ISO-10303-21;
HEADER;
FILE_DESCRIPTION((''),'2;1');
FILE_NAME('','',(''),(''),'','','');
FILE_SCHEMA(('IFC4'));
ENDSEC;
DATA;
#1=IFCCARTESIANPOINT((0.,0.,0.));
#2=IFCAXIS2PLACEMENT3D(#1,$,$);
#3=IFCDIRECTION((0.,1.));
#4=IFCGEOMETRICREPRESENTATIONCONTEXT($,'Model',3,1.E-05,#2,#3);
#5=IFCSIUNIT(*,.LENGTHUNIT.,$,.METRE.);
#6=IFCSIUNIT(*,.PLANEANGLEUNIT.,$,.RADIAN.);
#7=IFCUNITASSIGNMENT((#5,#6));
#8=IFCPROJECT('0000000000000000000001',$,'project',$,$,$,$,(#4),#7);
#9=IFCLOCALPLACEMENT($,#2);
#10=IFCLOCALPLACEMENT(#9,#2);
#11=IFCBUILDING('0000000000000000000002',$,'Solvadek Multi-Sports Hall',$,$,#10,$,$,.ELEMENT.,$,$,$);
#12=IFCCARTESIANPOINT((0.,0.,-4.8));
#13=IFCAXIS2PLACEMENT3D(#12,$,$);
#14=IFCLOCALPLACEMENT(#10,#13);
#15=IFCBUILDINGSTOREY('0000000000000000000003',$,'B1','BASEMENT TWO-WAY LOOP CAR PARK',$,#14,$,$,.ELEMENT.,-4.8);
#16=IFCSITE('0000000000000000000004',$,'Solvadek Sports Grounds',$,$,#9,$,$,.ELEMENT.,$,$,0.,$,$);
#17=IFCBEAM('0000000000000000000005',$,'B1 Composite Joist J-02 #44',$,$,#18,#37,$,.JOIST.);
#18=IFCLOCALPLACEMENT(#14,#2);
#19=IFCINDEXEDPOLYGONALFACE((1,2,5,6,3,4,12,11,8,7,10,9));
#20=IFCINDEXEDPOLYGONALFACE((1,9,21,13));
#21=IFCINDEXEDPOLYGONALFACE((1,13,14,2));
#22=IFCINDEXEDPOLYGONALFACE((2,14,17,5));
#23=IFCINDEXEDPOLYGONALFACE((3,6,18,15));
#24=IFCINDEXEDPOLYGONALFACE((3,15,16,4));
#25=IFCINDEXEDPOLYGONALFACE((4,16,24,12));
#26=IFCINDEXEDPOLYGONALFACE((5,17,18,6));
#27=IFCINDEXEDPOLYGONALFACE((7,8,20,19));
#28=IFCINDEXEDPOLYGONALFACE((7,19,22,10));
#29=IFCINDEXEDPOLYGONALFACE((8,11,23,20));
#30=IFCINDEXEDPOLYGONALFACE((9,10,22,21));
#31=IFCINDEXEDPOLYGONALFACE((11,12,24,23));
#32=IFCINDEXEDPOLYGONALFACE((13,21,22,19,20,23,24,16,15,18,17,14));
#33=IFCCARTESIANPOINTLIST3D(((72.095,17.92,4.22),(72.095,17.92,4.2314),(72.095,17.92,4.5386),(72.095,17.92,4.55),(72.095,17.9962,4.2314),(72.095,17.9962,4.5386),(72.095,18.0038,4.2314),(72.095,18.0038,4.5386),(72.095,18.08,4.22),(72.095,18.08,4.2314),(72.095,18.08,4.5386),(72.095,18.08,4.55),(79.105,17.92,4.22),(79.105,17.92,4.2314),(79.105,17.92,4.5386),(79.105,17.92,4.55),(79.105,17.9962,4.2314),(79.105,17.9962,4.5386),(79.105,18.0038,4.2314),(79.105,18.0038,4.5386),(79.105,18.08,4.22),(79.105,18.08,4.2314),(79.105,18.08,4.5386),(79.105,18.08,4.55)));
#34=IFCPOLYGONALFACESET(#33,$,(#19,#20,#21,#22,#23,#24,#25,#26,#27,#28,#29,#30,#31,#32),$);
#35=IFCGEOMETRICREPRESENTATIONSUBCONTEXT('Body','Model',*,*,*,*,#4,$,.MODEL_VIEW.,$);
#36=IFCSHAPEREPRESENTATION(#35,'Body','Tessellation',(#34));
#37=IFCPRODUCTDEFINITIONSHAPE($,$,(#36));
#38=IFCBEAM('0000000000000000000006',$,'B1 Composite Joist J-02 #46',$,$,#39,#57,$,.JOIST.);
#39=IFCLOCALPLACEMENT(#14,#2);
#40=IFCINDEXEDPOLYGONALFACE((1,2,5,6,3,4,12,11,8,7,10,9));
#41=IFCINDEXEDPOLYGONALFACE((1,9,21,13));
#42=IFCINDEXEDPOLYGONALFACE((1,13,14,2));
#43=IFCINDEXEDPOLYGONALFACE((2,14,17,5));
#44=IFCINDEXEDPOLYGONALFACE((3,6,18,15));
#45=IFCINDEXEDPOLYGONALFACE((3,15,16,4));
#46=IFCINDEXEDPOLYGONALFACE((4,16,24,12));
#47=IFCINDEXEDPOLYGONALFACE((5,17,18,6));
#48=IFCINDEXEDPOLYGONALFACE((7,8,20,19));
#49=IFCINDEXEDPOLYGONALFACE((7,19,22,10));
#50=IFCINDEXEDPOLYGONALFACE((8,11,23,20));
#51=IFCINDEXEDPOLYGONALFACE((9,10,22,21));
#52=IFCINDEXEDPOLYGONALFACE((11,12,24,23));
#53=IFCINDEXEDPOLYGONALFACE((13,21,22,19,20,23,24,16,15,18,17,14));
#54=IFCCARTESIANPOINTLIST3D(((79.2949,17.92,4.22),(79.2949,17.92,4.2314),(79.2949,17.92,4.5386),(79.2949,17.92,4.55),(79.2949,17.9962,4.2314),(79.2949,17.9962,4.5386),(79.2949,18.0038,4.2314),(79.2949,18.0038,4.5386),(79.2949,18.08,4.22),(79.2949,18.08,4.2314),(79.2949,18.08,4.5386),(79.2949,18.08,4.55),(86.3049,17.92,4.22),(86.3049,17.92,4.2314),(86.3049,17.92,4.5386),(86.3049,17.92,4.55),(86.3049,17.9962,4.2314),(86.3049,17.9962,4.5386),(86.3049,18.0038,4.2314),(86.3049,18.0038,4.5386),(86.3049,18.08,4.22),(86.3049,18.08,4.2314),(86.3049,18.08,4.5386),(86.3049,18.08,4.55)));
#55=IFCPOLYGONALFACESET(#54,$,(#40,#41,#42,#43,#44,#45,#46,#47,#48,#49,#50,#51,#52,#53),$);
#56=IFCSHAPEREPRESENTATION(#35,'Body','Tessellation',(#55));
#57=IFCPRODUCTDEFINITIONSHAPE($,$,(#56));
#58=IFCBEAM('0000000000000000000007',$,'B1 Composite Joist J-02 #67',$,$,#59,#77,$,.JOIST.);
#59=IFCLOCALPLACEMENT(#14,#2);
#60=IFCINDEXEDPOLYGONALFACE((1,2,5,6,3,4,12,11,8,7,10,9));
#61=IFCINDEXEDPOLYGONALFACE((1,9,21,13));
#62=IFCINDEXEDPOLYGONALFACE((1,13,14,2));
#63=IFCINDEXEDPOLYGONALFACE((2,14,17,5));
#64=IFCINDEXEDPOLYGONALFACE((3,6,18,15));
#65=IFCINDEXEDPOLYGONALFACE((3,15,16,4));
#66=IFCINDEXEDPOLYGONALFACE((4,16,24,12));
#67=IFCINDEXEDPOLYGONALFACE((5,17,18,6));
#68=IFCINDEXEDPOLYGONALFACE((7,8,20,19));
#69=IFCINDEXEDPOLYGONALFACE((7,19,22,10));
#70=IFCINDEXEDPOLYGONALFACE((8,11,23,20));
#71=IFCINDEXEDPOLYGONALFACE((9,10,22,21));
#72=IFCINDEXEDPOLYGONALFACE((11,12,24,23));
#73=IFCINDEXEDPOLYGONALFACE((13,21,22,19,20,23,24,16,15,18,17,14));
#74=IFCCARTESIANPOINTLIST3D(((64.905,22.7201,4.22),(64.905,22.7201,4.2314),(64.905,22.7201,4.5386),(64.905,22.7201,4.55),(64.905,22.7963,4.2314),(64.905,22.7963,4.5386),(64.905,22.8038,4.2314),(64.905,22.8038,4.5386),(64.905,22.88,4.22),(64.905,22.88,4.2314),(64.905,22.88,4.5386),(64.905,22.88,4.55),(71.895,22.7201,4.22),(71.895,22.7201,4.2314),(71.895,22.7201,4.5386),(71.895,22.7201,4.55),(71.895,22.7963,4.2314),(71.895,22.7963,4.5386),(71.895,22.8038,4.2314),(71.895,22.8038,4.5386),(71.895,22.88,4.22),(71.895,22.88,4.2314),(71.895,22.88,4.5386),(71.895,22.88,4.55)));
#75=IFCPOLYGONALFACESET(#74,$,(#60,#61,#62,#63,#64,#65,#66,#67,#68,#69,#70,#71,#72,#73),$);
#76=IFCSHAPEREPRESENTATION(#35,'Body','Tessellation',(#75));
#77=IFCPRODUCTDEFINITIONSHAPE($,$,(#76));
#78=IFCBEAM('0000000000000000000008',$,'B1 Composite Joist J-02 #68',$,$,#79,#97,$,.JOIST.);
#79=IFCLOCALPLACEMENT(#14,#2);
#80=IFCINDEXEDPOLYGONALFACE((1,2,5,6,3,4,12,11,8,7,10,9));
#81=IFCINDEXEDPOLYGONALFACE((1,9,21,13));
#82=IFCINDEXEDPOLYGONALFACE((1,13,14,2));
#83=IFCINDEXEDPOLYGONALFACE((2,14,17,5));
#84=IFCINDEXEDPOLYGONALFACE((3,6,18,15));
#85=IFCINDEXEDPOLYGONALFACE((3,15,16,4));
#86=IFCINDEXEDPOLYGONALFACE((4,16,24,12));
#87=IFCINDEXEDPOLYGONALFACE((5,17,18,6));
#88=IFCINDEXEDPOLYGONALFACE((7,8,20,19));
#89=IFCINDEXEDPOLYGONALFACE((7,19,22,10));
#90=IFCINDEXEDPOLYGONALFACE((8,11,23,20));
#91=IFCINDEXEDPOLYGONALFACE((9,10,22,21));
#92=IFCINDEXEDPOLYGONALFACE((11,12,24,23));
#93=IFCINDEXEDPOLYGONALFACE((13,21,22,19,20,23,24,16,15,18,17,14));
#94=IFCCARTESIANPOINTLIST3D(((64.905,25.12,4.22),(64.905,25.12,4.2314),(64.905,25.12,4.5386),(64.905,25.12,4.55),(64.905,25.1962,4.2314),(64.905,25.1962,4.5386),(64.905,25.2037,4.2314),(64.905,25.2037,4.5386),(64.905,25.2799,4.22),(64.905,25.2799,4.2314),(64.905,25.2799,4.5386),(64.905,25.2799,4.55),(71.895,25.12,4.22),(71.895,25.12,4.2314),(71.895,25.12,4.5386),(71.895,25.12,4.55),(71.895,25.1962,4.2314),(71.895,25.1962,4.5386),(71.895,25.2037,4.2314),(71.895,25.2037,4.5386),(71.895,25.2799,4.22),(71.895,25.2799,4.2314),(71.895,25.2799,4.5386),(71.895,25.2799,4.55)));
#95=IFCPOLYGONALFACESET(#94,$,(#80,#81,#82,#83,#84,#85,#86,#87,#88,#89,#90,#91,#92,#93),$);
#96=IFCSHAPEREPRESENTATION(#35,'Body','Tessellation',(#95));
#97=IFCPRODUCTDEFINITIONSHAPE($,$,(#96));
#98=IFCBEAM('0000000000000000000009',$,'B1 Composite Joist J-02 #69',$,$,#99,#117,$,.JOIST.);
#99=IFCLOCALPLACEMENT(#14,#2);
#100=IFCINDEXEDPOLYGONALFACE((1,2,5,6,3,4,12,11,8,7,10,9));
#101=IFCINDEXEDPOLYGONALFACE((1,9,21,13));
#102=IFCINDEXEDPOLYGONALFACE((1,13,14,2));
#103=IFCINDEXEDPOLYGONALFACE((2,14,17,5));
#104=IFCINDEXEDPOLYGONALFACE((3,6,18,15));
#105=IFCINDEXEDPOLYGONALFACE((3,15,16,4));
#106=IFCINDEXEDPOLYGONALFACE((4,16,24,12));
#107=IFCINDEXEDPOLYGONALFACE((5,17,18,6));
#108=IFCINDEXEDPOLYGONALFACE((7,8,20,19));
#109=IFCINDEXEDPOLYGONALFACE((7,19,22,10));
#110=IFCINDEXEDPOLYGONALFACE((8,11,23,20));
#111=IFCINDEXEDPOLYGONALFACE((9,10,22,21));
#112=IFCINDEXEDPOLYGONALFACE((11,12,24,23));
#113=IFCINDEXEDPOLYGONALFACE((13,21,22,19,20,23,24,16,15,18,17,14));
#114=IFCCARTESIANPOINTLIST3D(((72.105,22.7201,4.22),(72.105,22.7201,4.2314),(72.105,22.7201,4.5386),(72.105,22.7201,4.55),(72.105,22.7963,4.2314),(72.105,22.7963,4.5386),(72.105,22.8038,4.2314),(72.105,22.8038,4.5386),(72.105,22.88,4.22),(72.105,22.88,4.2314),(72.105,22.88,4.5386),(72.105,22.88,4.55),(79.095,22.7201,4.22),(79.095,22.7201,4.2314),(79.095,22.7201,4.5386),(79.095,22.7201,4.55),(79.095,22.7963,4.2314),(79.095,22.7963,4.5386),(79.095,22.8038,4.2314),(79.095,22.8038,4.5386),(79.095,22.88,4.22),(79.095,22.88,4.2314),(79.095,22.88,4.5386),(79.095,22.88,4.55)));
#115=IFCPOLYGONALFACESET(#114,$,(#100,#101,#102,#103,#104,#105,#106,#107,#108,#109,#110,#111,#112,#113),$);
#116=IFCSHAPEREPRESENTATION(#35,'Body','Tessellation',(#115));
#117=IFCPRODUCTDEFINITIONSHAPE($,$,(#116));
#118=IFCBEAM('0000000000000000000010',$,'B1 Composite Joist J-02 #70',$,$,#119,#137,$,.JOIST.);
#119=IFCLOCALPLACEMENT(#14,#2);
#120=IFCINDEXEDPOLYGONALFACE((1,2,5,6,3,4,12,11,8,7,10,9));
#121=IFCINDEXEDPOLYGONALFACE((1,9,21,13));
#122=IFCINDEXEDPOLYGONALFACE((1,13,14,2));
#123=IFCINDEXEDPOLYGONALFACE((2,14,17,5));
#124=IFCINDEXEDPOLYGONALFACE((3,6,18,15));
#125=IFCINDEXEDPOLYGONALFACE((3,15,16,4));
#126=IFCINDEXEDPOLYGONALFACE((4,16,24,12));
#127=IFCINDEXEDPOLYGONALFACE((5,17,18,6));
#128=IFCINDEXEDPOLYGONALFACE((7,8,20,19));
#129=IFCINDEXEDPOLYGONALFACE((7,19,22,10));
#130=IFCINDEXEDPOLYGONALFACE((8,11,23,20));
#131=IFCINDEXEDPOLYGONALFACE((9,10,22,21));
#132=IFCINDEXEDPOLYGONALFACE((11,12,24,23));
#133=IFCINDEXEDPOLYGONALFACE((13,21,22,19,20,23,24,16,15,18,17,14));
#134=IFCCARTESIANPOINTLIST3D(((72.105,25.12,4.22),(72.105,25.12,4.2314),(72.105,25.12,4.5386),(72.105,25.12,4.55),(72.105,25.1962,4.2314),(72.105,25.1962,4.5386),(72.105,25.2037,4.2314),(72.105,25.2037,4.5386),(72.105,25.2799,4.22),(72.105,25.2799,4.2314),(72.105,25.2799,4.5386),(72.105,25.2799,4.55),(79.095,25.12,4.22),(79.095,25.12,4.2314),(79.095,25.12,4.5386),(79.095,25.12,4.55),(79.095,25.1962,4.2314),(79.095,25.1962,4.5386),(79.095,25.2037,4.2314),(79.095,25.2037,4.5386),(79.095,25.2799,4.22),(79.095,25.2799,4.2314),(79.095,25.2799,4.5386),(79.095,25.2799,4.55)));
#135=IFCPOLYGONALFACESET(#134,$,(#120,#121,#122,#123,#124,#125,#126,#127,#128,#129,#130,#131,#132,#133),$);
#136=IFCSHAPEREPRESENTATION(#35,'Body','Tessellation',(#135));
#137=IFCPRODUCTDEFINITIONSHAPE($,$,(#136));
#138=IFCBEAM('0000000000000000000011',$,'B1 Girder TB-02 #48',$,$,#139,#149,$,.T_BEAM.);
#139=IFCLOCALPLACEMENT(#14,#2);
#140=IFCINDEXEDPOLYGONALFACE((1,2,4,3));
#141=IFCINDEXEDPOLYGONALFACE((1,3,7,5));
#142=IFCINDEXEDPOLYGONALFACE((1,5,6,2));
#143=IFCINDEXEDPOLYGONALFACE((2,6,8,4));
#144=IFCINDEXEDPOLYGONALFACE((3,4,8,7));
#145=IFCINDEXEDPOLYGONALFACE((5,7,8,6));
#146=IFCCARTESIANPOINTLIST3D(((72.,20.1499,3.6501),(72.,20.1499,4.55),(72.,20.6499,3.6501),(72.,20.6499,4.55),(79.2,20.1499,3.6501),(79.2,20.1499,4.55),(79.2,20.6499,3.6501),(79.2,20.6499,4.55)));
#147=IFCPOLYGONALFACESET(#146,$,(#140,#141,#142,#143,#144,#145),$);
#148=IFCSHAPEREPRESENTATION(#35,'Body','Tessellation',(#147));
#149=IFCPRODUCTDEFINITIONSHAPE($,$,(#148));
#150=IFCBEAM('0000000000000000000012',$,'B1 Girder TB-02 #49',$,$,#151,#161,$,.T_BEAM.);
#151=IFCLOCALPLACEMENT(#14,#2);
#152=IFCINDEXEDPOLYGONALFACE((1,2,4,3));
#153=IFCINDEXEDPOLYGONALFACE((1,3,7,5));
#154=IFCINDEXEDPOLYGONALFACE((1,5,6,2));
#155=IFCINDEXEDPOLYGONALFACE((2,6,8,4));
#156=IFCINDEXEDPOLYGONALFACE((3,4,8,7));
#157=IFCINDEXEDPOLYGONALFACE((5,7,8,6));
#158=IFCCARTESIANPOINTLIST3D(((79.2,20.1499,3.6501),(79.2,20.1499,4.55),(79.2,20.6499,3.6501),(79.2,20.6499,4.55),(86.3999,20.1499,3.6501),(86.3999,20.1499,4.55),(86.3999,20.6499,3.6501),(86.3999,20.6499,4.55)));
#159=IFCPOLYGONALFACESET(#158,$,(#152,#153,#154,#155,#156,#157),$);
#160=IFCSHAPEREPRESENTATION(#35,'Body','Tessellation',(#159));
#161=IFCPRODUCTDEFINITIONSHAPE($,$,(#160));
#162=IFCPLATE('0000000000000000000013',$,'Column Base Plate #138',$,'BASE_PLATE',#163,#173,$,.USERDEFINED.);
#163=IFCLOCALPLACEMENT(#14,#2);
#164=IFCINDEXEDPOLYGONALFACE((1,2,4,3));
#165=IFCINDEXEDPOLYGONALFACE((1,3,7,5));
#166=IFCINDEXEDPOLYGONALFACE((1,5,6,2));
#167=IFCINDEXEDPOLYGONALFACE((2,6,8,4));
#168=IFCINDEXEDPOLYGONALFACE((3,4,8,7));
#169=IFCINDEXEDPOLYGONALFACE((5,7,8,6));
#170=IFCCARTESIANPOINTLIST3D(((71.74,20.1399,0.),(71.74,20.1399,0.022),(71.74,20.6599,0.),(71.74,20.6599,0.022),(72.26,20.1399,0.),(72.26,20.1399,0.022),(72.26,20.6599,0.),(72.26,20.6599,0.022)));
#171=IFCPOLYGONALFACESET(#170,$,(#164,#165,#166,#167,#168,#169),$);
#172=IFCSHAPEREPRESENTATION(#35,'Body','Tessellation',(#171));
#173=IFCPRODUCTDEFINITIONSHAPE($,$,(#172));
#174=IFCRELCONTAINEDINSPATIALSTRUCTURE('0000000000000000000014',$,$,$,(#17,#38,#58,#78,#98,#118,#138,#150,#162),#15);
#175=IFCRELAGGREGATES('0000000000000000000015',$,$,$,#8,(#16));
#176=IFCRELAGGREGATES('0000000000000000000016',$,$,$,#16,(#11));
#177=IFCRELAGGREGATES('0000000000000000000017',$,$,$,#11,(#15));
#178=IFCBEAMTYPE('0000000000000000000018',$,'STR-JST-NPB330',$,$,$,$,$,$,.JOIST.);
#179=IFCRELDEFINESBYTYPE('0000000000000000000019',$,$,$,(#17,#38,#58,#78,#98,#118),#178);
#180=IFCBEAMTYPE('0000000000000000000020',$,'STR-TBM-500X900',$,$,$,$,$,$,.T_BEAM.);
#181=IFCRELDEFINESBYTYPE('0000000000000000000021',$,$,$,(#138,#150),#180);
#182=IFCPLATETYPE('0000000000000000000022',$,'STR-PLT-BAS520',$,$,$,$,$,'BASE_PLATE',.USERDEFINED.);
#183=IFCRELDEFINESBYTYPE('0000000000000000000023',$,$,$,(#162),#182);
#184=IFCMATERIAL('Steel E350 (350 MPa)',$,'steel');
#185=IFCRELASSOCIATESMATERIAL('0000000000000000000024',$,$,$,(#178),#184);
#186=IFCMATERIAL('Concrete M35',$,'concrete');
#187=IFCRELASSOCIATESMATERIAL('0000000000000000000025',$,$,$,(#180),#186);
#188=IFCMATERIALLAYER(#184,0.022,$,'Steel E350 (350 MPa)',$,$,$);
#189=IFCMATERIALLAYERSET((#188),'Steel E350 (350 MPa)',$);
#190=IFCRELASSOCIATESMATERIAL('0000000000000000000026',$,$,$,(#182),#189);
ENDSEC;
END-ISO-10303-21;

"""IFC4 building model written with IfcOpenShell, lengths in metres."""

from ifc_helpers import new_model, si_unit, direction, frame, origin, origin_2d, place, context, subcontext, project, spatial, rectangle, i_section, extrude, material, layer, layer_set, material_profile, profile_set, type_object, element, save


model = new_model("IFC4")

# Units and contexts
model_context = context("Model", 3, precision=1e-05, world=origin(), true_north=direction((0.0, 1.0)))
body_context = subcontext(model_context, "Body", "Model", "MODEL_VIEW")
ifc_project = project(units=[si_unit("LENGTHUNIT", "METRE"), si_unit("PLANEANGLEUNIT", "RADIAN")], contexts=[model_context])

# Site, building, storey
site_placement = place(None, origin())
site = spatial("IfcSite", under=ifc_project, at=site_placement, Name="Solvadek Sports Grounds", CompositionType="ELEMENT", RefElevation=0.0)
building_placement = place(site_placement, origin())
building = spatial("IfcBuilding", under=site, at=building_placement, Name="Solvadek Multi-Sports Hall", CompositionType="ELEMENT")
storey_placement = place(building_placement, frame((0.0, 0.0, -4.8)))
storey = spatial("IfcBuildingStorey", under=building, at=storey_placement, Name="B1", Description="BASEMENT TWO-WAY LOOP CAR PARK", CompositionType="ELEMENT", Elevation=-4.8)

# Shared definitions
ifc_material_1 = material(Name="Concrete M35", Category="concrete")

# Shared definitions
ifc_material_2 = material(Name="Steel E350 (350 MPa)", Category="steel")

# Beams
ifc_material_profile_1 = material_profile(ifc_material_2, i_section(OverallWidth=0.1599, OverallDepth=0.3301, WebThickness=0.0076, FlangeThickness=0.0115, at=origin_2d()), Name="NPB 330")
ifc_profile_set_1 = profile_set([ifc_material_profile_1], Name="Steel E350 (350 MPa)")
beam_type_1 = type_object("IfcBeamType", Name="STR-JST-NPB330", PredefinedType="JOIST", material=ifc_profile_set_1)
for number, where, z_axis, x_axis, name in (
    (1, (72.095, 18.0, 4.385), (1.0, 0.0, 0.0), (0.0, 1.0, 0.0), "B1 Composite Joist J-02 #44"),
    (2, (79.2949, 18.0, 4.385), (1.0, 0.0, 0.0), (0.0, 1.0, 0.0), "B1 Composite Joist J-02 #46"),
):
    element("IfcBeam", number, at=place(storey_placement, frame(where, z_axis=z_axis, x_axis=x_axis)), inside=storey, type_object=beam_type_1, Name=name, PredefinedType="JOIST", context=body_context, shape_type="SweptSolid", body=[
        extrude(i_section(OverallWidth=0.1599, OverallDepth=0.3301, WebThickness=0.0076, FlangeThickness=0.0115, at=origin_2d()), origin(), (0.0, 0.0, 1.0), 7.01),
    ])
for number, where, z_axis, x_axis, name in (
    (3, (64.905, 22.8, 4.385), (1.0, 0.0, 0.0), (0.0, 1.0, 0.0), "B1 Composite Joist J-02 #67"),
    (4, (64.905, 25.2, 4.385), (1.0, 0.0, 0.0), (0.0, 1.0, 0.0), "B1 Composite Joist J-02 #68"),
    (5, (72.105, 22.8, 4.385), (1.0, 0.0, 0.0), (0.0, 1.0, 0.0), "B1 Composite Joist J-02 #69"),
    (6, (72.105, 25.2, 4.385), (1.0, 0.0, 0.0), (0.0, 1.0, 0.0), "B1 Composite Joist J-02 #70"),
):
    element("IfcBeam", number, at=place(storey_placement, frame(where, z_axis=z_axis, x_axis=x_axis)), inside=storey, type_object=beam_type_1, Name=name, PredefinedType="JOIST", context=body_context, shape_type="SweptSolid", body=[
        extrude(i_section(OverallWidth=0.1599, OverallDepth=0.3301, WebThickness=0.0076, FlangeThickness=0.0115, at=origin_2d()), origin(), (0.0, 0.0, 1.0), 6.99),
    ])
ifc_material_profile_2 = material_profile(ifc_material_1, rectangle(XDim=0.5, YDim=0.8999, at=origin_2d()), Name="RC T-BEAM 500x900")
ifc_profile_set_2 = profile_set([ifc_material_profile_2], Name="Concrete M35")
beam_type_2 = type_object("IfcBeamType", Name="STR-TBM-500X900", PredefinedType="T_BEAM", material=ifc_profile_set_2)
for number, where, z_axis, x_axis, name in (
    (7, (72.0, 20.3999, 4.1001), (1.0, 0.0, 0.0), (0.0, 1.0, 0.0), "B1 Girder TB-02 #48"),
    (8, (79.2, 20.3999, 4.1001), (1.0, 0.0, 0.0), (0.0, 1.0, 0.0), "B1 Girder TB-02 #49"),
):
    element("IfcBeam", number, at=place(storey_placement, frame(where, z_axis=z_axis, x_axis=x_axis)), inside=storey, type_object=beam_type_2, Name=name, PredefinedType="T_BEAM", context=body_context, shape_type="SweptSolid", body=[
        extrude(rectangle(XDim=0.5, YDim=0.8999, at=origin_2d()), origin(), (0.0, 0.0, 1.0), 7.2),
    ])

# Plate
ifc_layer = layer(ifc_material_2, 0.022, Name="Steel E350 (350 MPa)")
ifc_layer_set = layer_set([ifc_layer], Name="Steel E350 (350 MPa)")
plate_type = type_object("IfcPlateType", Name="STR-PLT-BAS520", ElementType="BASE_PLATE", PredefinedType="USERDEFINED", material=ifc_layer_set)
plate_placement = place(storey_placement, frame((72.0, 20.3999, 0.0), z_axis=(0.0, 0.0, 1.0), x_axis=(1.0, 0.0, 0.0)))
element("IfcPlate", 9, at=plate_placement, inside=storey, type_object=plate_type, Name="Column Base Plate #138", ObjectType="BASE_PLATE", PredefinedType="USERDEFINED", context=body_context, shape_type="SweptSolid", body=[
    extrude(rectangle(XDim=0.52, YDim=0.52, at=origin_2d()), origin(), (0.0, 0.0, 1.0), 0.022),
])

save(model, "model.ifc")
